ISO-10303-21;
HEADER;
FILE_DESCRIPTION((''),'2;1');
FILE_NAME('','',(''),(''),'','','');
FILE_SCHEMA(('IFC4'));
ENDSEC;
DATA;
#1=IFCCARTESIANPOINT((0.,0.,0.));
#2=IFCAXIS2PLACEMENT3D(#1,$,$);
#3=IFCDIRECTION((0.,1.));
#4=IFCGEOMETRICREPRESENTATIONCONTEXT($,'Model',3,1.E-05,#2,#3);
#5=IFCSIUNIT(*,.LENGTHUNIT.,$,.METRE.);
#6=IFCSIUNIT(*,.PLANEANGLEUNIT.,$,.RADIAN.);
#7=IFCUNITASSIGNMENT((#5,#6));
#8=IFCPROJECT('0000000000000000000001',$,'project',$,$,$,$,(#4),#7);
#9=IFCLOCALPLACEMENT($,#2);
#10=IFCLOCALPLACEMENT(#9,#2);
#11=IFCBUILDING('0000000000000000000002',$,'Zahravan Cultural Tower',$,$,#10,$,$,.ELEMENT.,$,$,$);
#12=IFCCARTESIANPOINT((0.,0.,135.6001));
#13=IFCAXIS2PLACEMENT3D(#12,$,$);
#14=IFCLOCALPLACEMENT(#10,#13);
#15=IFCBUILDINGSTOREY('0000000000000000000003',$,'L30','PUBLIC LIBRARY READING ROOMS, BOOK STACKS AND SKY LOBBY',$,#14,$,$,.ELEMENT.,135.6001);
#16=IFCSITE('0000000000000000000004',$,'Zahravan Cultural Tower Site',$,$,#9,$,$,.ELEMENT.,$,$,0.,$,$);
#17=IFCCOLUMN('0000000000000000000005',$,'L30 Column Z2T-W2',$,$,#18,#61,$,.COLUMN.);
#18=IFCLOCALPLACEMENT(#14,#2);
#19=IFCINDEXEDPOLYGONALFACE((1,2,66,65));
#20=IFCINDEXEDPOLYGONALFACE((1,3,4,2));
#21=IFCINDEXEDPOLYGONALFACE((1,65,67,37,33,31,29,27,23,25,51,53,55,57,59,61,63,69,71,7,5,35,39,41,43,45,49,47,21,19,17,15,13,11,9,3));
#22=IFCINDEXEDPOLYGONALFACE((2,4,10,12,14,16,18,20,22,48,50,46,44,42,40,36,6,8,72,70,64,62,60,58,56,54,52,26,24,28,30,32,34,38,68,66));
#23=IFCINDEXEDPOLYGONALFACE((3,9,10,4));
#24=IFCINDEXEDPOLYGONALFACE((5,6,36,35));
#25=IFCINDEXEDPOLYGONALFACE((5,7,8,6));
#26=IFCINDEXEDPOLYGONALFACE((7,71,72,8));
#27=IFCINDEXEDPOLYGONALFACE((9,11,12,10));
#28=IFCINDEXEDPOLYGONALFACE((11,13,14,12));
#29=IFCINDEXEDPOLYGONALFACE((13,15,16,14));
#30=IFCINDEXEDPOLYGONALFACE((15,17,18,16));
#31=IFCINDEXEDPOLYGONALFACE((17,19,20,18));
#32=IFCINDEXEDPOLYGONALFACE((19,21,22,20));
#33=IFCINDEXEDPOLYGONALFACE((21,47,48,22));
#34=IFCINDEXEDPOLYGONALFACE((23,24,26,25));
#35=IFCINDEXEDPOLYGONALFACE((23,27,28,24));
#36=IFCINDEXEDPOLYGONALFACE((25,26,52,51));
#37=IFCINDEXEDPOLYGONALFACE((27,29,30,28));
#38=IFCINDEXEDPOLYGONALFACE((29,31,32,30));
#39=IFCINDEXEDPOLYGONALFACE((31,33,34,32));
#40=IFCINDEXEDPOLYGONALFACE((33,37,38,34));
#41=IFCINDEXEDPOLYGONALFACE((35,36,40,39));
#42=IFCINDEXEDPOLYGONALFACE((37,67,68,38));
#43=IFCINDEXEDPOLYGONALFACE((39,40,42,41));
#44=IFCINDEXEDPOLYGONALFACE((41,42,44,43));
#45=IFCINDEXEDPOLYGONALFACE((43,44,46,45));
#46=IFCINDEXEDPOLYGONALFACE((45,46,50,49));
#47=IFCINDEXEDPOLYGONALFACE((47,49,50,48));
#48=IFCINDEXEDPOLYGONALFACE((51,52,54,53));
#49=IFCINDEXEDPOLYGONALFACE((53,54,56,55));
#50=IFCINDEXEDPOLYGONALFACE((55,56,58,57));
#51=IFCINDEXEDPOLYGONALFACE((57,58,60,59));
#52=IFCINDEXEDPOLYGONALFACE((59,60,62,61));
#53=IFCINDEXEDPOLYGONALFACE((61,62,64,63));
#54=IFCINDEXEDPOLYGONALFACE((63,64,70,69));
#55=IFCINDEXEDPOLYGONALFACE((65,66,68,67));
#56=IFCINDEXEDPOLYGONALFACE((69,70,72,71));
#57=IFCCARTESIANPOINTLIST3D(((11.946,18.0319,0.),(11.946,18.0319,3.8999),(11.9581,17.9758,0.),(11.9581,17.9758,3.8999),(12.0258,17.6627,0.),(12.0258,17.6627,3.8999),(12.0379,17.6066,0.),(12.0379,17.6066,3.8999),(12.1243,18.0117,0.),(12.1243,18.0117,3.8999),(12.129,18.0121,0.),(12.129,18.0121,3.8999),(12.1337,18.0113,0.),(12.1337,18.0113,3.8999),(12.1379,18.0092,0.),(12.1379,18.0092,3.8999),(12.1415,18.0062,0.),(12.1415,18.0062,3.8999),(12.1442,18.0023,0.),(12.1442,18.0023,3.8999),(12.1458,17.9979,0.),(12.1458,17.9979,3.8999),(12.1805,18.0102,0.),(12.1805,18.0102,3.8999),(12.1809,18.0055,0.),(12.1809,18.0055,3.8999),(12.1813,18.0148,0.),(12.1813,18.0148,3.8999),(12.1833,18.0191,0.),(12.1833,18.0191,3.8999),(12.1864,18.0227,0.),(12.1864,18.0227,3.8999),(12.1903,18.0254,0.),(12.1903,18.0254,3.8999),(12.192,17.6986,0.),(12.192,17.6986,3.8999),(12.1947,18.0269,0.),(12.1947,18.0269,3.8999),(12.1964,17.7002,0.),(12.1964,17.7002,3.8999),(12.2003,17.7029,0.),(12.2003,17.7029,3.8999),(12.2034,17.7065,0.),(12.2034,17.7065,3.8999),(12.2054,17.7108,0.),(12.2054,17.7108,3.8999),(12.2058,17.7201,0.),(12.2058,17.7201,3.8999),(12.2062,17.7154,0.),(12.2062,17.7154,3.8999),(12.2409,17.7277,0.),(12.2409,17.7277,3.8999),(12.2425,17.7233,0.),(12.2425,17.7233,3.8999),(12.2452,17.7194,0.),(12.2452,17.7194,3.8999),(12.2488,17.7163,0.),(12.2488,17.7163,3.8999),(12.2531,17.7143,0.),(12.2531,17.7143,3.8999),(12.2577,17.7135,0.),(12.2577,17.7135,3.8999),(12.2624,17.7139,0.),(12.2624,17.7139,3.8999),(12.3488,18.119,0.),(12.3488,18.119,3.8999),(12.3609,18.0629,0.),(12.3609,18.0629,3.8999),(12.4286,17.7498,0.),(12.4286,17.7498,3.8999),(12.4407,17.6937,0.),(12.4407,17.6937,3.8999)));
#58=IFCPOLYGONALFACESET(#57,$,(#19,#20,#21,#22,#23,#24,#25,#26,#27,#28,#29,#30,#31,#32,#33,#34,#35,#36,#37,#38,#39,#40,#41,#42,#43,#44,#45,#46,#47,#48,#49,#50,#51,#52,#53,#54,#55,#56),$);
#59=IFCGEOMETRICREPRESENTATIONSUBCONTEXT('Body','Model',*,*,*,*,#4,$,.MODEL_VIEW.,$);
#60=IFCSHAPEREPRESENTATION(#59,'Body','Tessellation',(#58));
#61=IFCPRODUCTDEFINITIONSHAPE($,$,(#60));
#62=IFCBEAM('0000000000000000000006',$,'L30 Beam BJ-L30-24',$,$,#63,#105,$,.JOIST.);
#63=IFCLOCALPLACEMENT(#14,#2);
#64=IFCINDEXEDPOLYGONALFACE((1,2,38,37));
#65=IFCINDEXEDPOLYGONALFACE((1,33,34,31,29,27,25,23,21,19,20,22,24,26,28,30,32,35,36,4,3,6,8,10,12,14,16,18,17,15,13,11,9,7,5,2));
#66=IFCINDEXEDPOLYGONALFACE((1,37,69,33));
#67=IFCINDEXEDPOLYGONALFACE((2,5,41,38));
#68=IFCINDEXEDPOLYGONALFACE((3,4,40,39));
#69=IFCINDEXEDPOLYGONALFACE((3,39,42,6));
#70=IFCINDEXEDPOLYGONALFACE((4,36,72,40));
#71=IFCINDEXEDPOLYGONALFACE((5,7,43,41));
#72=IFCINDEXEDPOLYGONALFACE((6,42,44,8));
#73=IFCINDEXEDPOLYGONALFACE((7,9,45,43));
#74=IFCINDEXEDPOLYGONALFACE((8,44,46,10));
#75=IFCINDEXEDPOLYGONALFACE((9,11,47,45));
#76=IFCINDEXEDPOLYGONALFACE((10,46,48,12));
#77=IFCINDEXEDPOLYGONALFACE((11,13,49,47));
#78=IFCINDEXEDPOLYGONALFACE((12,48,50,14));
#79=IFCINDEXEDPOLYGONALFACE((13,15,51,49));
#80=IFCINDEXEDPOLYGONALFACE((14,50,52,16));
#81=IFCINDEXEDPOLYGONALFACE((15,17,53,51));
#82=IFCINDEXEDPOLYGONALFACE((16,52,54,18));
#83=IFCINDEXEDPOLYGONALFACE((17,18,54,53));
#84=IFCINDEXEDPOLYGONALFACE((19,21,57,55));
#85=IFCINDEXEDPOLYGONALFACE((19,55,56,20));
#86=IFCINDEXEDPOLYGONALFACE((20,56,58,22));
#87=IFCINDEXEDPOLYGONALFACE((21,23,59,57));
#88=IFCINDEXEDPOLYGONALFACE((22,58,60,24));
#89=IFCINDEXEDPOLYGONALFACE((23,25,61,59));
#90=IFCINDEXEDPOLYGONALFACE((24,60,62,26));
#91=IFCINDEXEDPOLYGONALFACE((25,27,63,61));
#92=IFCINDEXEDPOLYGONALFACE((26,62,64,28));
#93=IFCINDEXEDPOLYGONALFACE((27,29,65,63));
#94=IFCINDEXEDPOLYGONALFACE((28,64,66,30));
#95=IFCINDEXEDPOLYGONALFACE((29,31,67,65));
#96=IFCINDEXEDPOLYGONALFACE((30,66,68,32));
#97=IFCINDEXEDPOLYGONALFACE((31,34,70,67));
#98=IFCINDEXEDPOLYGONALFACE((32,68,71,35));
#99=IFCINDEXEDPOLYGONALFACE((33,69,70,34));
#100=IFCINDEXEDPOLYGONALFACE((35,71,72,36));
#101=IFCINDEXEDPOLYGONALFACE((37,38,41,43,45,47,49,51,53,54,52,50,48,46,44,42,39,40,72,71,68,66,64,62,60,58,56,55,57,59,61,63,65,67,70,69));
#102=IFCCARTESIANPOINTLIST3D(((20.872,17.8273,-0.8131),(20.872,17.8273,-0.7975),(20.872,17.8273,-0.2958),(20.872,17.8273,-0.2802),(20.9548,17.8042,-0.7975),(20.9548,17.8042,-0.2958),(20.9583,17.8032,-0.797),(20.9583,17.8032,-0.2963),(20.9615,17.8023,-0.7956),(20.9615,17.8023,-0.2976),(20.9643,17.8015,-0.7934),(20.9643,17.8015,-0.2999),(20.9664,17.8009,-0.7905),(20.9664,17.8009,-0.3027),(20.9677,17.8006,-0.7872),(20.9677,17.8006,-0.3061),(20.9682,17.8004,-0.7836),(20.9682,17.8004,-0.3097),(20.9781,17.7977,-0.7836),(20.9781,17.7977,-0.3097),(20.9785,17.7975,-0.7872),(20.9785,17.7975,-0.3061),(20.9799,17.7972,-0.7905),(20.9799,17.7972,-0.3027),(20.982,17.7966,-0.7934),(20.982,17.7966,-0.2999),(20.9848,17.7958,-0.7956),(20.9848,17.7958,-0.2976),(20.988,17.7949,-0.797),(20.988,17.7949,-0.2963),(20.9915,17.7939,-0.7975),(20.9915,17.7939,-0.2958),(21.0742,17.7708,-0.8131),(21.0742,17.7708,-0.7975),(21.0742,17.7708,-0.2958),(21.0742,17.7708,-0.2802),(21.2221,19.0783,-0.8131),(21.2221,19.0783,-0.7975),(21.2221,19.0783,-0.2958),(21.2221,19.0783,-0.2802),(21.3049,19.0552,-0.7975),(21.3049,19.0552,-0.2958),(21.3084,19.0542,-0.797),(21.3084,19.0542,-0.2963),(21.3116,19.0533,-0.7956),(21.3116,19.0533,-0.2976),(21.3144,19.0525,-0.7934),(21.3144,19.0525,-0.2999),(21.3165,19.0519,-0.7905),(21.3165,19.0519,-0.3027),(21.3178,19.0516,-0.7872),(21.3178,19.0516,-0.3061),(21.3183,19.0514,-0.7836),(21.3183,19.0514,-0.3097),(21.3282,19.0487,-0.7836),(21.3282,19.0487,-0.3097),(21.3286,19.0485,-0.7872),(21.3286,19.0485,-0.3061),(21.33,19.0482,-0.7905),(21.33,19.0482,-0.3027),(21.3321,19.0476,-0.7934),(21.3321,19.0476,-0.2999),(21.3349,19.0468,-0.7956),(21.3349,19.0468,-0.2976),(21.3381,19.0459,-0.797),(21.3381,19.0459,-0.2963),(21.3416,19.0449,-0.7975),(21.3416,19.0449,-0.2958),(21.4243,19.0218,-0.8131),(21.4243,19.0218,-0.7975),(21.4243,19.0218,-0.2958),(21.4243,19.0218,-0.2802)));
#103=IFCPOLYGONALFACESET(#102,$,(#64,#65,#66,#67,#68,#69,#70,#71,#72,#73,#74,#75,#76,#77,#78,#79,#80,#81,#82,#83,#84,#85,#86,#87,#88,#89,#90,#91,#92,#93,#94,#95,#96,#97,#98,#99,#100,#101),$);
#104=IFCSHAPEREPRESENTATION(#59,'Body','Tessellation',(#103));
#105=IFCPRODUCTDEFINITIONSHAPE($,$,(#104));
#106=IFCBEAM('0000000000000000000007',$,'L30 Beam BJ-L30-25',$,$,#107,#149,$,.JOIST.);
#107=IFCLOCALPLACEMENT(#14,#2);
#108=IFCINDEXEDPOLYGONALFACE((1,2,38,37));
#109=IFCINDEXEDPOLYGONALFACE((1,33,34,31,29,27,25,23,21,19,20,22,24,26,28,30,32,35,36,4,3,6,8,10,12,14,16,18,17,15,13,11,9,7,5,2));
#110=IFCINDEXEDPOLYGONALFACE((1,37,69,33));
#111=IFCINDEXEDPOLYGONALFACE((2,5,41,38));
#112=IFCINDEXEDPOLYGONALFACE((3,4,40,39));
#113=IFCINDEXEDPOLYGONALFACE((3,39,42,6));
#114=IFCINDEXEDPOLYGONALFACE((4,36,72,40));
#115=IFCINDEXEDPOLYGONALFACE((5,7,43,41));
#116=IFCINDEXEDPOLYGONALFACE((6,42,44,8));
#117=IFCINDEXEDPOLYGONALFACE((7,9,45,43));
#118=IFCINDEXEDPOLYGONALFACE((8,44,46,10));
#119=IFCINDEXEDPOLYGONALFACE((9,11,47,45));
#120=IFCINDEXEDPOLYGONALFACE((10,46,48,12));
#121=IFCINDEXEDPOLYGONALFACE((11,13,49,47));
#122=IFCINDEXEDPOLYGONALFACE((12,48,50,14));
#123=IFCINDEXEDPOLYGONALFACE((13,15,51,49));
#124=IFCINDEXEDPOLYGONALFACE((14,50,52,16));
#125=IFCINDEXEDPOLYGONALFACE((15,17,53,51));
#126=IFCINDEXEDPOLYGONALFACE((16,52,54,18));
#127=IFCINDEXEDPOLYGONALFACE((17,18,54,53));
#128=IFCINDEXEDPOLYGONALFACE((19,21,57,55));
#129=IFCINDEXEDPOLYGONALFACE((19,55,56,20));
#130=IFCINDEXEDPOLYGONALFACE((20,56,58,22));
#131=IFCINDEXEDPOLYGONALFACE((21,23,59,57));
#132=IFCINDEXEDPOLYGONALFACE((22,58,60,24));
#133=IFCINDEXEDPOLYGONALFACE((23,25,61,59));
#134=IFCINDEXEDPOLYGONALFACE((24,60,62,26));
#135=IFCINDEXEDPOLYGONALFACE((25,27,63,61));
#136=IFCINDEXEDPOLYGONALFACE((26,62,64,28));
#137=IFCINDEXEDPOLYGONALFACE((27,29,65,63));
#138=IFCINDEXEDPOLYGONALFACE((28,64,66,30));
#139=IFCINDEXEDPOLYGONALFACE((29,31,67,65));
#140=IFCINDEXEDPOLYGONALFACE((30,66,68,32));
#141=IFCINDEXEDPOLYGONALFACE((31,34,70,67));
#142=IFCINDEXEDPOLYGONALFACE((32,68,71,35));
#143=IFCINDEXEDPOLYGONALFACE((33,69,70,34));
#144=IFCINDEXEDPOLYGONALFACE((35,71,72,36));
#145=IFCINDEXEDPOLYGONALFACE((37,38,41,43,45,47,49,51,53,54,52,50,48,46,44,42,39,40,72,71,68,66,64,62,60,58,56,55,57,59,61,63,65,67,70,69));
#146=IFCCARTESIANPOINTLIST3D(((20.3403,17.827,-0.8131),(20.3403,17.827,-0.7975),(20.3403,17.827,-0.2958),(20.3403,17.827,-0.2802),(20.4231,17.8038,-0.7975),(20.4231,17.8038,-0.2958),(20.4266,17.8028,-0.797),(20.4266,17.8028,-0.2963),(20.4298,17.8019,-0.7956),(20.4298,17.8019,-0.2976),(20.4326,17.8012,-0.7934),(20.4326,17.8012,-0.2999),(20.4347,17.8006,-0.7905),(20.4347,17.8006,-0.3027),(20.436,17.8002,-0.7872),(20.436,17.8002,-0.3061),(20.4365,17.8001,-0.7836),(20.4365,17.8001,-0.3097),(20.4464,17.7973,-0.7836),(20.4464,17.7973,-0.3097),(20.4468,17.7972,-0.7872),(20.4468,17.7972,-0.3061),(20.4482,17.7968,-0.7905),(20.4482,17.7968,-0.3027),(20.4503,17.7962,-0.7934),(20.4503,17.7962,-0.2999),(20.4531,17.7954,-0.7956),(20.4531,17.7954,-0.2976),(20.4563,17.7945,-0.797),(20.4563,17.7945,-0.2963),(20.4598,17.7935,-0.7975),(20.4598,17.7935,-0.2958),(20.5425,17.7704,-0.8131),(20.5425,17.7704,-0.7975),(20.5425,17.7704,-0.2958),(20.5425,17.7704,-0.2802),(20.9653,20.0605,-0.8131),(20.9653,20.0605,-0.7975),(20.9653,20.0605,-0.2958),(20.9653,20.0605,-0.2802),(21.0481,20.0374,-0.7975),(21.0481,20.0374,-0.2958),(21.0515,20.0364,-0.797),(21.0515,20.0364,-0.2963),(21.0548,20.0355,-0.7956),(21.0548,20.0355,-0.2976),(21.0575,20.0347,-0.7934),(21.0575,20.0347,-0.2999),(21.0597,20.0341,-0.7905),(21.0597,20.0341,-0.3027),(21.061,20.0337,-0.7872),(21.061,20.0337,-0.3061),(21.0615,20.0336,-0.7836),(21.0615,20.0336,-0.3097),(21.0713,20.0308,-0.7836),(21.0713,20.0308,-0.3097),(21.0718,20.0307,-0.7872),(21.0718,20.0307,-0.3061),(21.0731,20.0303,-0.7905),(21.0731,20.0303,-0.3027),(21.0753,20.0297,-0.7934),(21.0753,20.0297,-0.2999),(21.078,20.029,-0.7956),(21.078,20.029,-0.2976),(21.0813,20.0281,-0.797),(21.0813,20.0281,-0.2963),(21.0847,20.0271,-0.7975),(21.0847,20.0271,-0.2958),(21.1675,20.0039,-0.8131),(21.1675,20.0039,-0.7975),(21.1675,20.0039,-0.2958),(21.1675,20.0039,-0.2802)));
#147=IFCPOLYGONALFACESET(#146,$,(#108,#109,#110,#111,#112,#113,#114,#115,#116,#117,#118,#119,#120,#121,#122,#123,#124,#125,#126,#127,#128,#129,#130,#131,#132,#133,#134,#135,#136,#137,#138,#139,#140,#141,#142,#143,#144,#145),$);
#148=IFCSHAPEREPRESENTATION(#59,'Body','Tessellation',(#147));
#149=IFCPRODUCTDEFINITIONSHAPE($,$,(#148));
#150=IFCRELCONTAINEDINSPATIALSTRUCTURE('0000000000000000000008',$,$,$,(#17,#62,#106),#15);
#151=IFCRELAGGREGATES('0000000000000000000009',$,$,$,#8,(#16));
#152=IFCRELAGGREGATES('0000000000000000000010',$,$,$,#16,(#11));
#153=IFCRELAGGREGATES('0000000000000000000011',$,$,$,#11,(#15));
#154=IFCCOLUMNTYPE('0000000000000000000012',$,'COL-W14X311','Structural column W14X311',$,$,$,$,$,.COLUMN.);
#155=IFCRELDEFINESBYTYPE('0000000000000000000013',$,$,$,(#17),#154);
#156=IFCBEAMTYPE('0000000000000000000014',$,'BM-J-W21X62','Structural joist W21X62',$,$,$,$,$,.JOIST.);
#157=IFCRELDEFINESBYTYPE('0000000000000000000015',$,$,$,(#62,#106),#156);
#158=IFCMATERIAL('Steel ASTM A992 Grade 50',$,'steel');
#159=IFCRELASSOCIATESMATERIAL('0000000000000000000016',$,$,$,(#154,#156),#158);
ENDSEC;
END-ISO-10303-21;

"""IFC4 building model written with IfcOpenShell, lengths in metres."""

from ifc_helpers import new_model, si_unit, direction, frame, origin, origin_2d, place, context, subcontext, project, spatial, i_section, extrude, source, transform, mapped, material, material_profile, profile_set, type_object, element, save


model = new_model("IFC4")

# Units and contexts
model_context = context("Model", 3, precision=1e-05, world=origin(), true_north=direction((0.0, 1.0)))
body_context = subcontext(model_context, "Body", "Model", "MODEL_VIEW")
ifc_project = project(units=[si_unit("LENGTHUNIT", "METRE"), si_unit("PLANEANGLEUNIT", "RADIAN")], contexts=[model_context])

# Site, building, storey
site_placement = place(None, origin())
site = spatial("IfcSite", under=ifc_project, at=site_placement, Name="Zahravan Cultural Tower Site", CompositionType="ELEMENT", RefElevation=0.0)
building_placement = place(site_placement, origin())
building = spatial("IfcBuilding", under=site, at=building_placement, Name="Zahravan Cultural Tower", CompositionType="ELEMENT")
storey_placement = place(building_placement, frame((0.0, 0.0, 135.6001)))
storey = spatial("IfcBuildingStorey", under=building, at=storey_placement, Name="L30", Description="PUBLIC LIBRARY READING ROOMS, BOOK STACKS AND SKY LOBBY", CompositionType="ELEMENT", Elevation=135.6001)

# Column
ifc_material_1 = material(Name="Steel ASTM A992 Grade 50", Category="steel")
ifc_material_profile_1 = material_profile(ifc_material_1, i_section(OverallWidth=0.4121, OverallDepth=0.4351, WebThickness=0.0359, FlangeThickness=0.0574, FilletRadius=0.0181, at=origin_2d()), Name="W14X311")
ifc_profile_set_1 = profile_set([ifc_material_profile_1], Name="Steel ASTM A992 Grade 50")
column_type = type_object("IfcColumnType", Name="COL-W14X311", Description="Structural column W14X311", PredefinedType="COLUMN", material=ifc_profile_set_1)
shared_shape_1 = source(origin(), body_context, "Body", "SweptSolid", [
    extrude(i_section(OverallWidth=0.4121, OverallDepth=0.4351, WebThickness=0.0359, FlangeThickness=0.0574, FilletRadius=0.0181, at=origin_2d()), origin(), (0.0, 0.0, 1.0), 3.8999),
])
column_placement = place(storey_placement, frame((12.1934, 17.8628, 0.0), z_axis=(0.0, 0.0, 1.0), x_axis=(0.977416, 0.211325, 0.0)))
element("IfcColumn", 1, at=column_placement, inside=storey, type_object=column_type, Name="L30 Column Z2T-W2", PredefinedType="COLUMN", context=body_context, shape_type="MappedRepresentation", body=[
    mapped(shared_shape_1, transform((0.0, 0.0, 0.0), x_axis=(1.0, 0.0, 0.0), y_axis=(0.0, 1.0, 0.0), z_axis=(0.0, 0.0, 1.0), scale=1.0)),
])

# Beams
ifc_material_profile_2 = material_profile(ifc_material_1, i_section(OverallWidth=0.21, OverallDepth=0.533, WebThickness=0.0103, FlangeThickness=0.0156, FilletRadius=0.0139, at=origin_2d()), Name="W21X62")
ifc_profile_set_2 = profile_set([ifc_material_profile_2], Name="Steel ASTM A992 Grade 50")
beam_type = type_object("IfcBeamType", Name="BM-J-W21X62", Description="Structural joist W21X62", PredefinedType="JOIST", material=ifc_profile_set_2)
shared_shape_2 = source(origin(), body_context, "Body", "SweptSolid", [
    extrude(i_section(OverallWidth=0.21, OverallDepth=0.533, WebThickness=0.0103, FlangeThickness=0.0156, FilletRadius=0.0139, at=origin_2d()), origin(), (0.0, 0.0, 1.0), 1.2991),
])
beam_1_placement = place(storey_placement, frame((21.3232, 19.05, -0.5466), z_axis=(-0.269504, -0.962999, 0.0), x_axis=(0.962999, -0.269504, 0.0)))
element("IfcBeam", 2, at=beam_1_placement, inside=storey, type_object=beam_type, Name="L30 Beam BJ-L30-24", PredefinedType="JOIST", context=body_context, shape_type="MappedRepresentation", body=[
    mapped(shared_shape_2, transform((0.0, 0.0, 0.0), x_axis=(1.0, 0.0, 0.0), y_axis=(0.0, 1.0, 0.0), z_axis=(0.0, 0.0, 1.0), scale=1.0)),
])
shared_shape_3 = source(origin(), body_context, "Body", "SweptSolid", [
    extrude(i_section(OverallWidth=0.21, OverallDepth=0.533, WebThickness=0.0103, FlangeThickness=0.0156, FilletRadius=0.0139, at=origin_2d()), origin(), (0.0, 0.0, 1.0), 2.3193),
])
beam_2_placement = place(storey_placement, frame((21.0664, 20.0322, -0.5466), z_axis=(-0.269462, -0.963011, 0.0), x_axis=(0.963011, -0.269462, 0.0)))
element("IfcBeam", 3, at=beam_2_placement, inside=storey, type_object=beam_type, Name="L30 Beam BJ-L30-25", PredefinedType="JOIST", context=body_context, shape_type="MappedRepresentation", body=[
    mapped(shared_shape_3, transform((0.0, 0.0, 0.0), x_axis=(1.0, 0.0, 0.0), y_axis=(0.0, 1.0, 0.0), z_axis=(0.0, 0.0, 1.0), scale=1.0)),
])

save(model, "model.ifc")
